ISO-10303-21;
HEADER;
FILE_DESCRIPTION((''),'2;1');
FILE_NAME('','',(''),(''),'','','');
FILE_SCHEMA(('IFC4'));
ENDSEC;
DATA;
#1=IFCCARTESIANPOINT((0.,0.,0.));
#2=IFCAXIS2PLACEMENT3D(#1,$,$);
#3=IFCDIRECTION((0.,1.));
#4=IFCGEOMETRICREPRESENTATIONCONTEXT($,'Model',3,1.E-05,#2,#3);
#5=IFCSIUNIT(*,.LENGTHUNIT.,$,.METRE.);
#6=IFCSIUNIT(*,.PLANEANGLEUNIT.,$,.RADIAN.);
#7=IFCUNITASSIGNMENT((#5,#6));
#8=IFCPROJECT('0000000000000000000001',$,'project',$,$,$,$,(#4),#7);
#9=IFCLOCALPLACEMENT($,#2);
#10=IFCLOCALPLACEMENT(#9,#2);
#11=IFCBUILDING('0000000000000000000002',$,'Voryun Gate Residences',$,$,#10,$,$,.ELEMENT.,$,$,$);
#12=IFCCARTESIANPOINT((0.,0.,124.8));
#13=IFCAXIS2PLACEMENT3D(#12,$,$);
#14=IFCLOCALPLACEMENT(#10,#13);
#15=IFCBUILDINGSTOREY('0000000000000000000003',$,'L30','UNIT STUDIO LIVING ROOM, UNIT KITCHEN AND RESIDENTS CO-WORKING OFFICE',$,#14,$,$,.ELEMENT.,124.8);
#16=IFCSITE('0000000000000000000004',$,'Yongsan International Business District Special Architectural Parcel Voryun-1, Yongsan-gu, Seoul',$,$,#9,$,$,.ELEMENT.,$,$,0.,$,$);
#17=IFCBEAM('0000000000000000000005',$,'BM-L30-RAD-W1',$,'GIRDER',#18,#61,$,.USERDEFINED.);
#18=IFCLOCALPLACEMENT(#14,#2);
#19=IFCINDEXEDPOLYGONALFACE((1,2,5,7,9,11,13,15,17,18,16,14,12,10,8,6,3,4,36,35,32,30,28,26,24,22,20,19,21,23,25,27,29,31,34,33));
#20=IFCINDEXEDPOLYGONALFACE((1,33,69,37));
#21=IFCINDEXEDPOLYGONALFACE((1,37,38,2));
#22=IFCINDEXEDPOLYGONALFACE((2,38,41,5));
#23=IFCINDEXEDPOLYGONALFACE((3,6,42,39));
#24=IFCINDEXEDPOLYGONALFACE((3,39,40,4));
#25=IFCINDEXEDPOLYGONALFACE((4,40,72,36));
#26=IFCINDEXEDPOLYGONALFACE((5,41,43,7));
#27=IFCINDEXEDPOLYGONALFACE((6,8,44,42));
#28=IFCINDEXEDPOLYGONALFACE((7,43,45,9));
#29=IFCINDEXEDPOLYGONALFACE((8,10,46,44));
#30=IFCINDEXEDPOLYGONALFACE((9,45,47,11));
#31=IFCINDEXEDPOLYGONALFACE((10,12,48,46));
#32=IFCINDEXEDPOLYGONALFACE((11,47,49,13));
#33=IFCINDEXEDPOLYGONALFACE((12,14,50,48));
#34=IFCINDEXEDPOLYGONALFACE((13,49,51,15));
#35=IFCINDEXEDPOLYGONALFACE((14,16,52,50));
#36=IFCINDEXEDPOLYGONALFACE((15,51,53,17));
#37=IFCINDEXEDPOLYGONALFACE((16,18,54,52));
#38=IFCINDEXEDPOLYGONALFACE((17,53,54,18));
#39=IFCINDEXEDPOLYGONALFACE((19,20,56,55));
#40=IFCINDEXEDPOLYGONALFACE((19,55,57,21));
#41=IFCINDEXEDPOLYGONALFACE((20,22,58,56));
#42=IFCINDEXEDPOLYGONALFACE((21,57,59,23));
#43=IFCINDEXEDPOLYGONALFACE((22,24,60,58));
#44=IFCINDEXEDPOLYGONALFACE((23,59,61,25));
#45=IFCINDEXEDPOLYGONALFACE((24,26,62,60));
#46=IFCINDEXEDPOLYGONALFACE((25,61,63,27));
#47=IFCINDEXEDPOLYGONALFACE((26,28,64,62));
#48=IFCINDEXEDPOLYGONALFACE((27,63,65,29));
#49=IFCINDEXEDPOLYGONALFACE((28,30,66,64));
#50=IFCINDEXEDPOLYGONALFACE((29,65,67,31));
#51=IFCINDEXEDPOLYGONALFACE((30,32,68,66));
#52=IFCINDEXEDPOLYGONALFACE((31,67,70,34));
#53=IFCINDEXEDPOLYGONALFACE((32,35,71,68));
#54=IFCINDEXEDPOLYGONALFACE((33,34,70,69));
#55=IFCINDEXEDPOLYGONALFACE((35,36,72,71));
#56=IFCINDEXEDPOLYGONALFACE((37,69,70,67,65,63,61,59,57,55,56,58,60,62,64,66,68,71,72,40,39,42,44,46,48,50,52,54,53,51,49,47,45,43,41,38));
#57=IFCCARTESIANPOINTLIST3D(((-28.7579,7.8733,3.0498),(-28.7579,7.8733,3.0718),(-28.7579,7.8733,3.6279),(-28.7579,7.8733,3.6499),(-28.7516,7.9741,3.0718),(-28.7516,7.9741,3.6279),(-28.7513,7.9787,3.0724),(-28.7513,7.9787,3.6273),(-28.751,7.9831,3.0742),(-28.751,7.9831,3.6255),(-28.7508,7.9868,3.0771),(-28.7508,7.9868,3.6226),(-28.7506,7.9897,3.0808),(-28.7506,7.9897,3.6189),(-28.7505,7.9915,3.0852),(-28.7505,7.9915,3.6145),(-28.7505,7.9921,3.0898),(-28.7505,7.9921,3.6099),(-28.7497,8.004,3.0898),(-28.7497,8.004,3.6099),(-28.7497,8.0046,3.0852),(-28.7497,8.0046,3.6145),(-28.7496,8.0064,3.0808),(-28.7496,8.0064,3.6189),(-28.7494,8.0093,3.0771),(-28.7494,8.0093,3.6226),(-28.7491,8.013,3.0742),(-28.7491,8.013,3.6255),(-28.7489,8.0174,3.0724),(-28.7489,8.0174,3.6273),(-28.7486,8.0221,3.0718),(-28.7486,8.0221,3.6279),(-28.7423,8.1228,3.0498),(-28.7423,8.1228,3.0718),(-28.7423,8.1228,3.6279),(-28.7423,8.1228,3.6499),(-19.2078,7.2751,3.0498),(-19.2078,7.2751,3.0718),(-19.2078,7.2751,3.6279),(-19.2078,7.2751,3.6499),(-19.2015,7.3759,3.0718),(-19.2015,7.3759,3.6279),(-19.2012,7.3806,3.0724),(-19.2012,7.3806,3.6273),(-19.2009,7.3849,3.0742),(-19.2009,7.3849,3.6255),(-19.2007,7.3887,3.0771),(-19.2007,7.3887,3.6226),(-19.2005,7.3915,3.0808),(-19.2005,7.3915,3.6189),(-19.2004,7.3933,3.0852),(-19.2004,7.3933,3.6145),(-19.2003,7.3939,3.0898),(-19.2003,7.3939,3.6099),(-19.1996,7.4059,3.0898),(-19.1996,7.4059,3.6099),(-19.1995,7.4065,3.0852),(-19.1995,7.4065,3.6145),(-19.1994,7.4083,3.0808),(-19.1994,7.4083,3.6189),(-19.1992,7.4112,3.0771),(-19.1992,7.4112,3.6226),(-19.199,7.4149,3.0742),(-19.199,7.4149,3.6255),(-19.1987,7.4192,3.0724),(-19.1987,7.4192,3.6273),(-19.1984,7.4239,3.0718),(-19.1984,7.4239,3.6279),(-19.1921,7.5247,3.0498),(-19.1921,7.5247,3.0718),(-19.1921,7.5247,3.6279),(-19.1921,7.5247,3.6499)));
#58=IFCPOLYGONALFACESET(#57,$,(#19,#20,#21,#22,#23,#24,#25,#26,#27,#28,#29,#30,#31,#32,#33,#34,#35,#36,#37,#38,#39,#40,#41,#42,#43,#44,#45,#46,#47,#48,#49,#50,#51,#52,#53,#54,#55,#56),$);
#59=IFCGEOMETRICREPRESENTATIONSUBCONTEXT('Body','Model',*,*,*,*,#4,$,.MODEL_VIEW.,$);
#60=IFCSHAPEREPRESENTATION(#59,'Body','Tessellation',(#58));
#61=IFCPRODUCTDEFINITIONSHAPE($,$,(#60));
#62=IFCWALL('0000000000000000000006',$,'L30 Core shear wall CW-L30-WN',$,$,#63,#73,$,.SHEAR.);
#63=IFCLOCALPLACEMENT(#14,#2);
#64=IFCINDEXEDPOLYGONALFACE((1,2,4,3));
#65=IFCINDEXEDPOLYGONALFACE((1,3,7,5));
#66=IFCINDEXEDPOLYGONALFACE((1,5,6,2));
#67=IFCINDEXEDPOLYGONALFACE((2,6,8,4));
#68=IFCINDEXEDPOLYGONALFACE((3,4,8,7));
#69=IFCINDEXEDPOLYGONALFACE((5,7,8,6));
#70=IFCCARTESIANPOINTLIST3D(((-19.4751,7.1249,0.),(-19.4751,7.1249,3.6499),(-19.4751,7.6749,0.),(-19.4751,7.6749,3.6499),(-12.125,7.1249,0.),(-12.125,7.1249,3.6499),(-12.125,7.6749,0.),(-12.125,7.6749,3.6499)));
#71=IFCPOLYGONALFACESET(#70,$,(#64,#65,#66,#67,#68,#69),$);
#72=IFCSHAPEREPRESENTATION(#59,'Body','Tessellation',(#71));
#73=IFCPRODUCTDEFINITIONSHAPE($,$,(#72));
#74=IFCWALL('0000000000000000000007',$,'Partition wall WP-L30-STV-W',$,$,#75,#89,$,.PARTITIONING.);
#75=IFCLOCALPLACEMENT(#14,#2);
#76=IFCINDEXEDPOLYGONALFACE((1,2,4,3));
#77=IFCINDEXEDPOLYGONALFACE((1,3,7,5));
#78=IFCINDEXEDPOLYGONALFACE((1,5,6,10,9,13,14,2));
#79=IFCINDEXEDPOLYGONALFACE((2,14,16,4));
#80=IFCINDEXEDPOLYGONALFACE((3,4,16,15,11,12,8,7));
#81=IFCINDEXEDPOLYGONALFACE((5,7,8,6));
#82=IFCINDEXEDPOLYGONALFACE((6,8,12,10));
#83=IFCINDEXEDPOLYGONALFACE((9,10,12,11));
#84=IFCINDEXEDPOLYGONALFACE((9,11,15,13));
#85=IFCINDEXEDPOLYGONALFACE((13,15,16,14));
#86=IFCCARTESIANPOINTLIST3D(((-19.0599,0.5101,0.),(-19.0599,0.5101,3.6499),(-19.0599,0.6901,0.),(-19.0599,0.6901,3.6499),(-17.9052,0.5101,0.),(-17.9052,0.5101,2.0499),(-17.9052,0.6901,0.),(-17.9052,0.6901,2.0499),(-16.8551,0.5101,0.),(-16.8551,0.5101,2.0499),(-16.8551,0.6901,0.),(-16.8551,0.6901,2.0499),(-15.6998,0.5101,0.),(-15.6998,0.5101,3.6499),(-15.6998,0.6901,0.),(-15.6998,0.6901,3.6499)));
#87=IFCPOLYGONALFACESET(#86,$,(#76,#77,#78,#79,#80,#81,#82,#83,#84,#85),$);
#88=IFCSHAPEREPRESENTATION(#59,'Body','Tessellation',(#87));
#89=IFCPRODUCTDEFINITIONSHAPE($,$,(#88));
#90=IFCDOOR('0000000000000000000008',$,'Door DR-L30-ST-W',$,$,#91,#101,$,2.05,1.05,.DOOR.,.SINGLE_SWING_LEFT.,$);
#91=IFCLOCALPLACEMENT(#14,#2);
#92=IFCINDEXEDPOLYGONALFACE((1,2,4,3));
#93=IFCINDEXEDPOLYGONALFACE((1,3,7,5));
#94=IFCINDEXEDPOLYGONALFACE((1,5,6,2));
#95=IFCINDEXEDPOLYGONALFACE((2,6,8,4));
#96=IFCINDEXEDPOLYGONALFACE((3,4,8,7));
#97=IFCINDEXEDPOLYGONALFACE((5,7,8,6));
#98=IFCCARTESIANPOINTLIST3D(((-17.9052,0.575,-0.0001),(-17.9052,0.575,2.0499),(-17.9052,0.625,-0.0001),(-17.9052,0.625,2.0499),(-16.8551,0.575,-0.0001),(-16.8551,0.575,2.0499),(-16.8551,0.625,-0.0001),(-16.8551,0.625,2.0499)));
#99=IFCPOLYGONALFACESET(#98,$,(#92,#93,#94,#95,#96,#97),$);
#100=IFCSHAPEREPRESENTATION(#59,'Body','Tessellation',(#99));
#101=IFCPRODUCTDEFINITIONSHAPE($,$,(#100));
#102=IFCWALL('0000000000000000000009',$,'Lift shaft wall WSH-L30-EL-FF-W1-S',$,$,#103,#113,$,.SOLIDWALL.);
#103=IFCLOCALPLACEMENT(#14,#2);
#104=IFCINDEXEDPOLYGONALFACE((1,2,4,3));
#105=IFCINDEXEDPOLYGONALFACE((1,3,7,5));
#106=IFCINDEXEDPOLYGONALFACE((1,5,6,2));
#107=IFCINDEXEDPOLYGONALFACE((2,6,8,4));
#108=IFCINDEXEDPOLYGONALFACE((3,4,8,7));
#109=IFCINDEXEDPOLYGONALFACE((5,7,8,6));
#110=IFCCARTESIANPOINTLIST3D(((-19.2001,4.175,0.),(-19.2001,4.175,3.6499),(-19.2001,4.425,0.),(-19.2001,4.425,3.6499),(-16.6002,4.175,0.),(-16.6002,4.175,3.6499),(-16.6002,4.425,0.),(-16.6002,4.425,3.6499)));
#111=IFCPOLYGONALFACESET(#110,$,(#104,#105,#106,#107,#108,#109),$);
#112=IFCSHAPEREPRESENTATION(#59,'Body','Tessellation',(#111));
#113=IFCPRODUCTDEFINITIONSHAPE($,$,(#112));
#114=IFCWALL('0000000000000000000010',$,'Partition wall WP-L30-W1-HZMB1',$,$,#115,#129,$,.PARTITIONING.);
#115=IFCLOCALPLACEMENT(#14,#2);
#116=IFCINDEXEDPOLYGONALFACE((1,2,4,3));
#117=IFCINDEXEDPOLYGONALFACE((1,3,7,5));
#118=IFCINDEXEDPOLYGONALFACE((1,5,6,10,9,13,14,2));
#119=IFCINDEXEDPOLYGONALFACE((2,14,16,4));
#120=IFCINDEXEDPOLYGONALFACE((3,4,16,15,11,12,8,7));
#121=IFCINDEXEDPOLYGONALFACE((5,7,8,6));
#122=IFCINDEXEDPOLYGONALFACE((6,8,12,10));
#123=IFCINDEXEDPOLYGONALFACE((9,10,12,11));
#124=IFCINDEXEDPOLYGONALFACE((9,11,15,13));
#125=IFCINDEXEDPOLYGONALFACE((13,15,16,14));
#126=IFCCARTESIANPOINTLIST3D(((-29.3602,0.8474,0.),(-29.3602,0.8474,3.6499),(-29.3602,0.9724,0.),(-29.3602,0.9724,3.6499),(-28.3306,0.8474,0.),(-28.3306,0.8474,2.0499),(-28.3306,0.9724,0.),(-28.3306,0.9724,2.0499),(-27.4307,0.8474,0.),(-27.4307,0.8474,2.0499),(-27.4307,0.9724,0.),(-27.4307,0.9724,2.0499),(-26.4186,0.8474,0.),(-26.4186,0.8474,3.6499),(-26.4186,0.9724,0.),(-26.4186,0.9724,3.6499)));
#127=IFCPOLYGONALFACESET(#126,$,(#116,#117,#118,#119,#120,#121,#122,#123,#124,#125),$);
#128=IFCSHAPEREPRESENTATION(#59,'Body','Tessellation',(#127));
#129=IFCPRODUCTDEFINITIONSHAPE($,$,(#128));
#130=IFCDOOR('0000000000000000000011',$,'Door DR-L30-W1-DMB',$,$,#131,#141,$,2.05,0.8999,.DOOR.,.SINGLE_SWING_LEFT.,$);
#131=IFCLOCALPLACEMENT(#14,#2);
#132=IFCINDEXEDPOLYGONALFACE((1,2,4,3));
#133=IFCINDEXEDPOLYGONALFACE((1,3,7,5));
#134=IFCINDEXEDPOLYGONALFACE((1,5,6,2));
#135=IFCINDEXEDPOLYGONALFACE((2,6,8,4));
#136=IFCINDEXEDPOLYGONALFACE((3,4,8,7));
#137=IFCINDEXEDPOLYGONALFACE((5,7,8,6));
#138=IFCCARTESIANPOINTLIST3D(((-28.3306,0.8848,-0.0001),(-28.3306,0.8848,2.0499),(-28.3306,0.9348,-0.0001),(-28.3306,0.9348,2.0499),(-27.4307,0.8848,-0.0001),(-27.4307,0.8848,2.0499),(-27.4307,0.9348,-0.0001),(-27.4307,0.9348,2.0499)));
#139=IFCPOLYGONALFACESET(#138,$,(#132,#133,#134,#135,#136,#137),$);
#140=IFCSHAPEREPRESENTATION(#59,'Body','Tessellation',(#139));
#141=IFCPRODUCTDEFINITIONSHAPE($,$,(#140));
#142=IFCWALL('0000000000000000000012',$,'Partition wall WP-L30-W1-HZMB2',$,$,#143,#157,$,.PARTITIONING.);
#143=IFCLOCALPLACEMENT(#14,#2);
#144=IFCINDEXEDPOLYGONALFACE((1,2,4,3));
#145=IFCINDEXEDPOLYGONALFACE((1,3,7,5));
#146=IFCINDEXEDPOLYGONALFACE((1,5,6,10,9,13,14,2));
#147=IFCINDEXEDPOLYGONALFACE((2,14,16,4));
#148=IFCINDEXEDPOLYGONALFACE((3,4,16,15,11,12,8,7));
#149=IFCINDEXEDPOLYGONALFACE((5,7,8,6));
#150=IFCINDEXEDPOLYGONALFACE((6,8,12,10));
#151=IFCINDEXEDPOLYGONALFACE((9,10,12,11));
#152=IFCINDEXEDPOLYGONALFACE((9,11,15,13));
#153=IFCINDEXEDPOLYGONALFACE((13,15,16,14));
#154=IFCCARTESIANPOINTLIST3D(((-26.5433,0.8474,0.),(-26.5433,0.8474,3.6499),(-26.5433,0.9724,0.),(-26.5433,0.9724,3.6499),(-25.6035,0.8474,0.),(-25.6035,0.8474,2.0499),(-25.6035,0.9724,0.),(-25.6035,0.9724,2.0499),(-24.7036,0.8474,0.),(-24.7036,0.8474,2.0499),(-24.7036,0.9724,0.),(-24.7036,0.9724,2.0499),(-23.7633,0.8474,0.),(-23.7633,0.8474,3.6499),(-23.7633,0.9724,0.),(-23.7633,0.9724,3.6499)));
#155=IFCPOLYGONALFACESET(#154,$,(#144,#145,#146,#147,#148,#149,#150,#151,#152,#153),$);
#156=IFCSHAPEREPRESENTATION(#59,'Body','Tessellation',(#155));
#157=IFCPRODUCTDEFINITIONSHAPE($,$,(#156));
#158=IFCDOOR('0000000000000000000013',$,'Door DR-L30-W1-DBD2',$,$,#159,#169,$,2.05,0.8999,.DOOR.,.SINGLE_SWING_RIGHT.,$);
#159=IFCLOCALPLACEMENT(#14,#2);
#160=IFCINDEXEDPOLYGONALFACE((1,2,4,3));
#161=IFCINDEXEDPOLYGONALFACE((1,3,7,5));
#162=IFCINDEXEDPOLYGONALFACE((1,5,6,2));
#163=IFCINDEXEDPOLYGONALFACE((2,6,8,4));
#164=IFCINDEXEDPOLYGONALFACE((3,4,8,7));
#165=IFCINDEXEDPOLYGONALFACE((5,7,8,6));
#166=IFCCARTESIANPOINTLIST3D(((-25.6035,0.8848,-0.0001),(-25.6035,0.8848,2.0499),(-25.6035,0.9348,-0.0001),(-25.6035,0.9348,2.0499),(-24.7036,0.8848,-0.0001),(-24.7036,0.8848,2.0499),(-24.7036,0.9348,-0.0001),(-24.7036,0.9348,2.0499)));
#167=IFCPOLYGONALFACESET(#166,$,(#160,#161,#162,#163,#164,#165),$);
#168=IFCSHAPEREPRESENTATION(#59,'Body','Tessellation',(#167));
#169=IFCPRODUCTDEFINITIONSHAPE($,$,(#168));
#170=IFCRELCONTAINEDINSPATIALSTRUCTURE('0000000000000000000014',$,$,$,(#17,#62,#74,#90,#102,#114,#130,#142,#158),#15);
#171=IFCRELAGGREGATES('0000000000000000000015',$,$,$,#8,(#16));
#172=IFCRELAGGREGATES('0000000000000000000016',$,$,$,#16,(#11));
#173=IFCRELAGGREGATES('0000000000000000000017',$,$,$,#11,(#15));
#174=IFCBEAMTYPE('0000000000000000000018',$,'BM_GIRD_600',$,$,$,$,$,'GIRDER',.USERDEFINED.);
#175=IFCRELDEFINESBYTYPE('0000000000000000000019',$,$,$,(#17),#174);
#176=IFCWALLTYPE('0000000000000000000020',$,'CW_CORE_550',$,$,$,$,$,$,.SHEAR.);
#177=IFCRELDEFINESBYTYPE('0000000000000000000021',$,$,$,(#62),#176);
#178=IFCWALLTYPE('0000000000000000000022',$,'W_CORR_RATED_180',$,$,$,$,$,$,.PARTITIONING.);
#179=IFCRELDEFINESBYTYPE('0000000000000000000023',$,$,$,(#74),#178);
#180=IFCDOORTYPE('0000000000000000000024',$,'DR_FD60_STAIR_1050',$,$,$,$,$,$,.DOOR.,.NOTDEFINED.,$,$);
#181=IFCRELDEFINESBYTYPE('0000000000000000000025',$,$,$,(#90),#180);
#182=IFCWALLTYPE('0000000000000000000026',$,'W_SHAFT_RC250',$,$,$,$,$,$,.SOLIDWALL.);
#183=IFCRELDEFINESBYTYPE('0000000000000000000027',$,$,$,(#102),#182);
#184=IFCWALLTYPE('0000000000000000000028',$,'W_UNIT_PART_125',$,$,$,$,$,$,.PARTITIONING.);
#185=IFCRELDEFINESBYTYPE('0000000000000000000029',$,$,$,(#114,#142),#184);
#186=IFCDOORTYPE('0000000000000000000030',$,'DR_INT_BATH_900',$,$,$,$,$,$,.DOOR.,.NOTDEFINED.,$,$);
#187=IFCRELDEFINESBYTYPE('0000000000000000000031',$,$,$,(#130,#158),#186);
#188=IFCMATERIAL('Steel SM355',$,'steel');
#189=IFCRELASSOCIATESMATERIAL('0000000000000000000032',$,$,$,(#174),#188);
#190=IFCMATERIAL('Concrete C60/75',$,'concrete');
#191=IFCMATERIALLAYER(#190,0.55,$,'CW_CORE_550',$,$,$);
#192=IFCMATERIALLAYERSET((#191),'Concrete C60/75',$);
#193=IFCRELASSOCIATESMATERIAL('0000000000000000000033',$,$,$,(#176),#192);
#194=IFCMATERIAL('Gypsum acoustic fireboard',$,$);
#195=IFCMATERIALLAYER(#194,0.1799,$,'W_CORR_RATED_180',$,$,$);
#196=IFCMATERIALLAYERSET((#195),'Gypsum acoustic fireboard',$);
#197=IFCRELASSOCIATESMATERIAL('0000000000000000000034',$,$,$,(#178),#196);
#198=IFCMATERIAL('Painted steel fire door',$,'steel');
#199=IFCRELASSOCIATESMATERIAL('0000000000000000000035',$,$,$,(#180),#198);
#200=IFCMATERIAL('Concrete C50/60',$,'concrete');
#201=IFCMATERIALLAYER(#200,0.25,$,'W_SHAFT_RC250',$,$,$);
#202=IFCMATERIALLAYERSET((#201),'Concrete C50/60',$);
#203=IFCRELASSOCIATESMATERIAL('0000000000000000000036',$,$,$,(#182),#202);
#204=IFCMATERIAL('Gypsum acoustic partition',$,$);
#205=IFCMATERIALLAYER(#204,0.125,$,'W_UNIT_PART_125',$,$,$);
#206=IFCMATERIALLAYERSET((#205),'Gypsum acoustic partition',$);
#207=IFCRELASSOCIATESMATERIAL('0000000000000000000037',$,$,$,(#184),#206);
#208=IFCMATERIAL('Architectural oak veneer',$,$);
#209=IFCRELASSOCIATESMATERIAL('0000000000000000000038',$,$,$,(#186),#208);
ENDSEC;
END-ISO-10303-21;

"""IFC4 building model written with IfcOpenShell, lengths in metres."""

from ifc_helpers import new_model, si_unit, direction, frame, frame_2d, origin, origin_2d, place, context, subcontext, project, spatial, rectangle, i_section, extrude, material, layer, layer_set, material_profile, profile_set, type_object, element, fill, save


model = new_model("IFC4")

# Units and contexts
model_context = context("Model", 3, precision=1e-05, world=origin(), true_north=direction((0.0, 1.0)))
body_context = subcontext(model_context, "Body", "Model", "MODEL_VIEW")
ifc_project = project(units=[si_unit("LENGTHUNIT", "METRE"), si_unit("PLANEANGLEUNIT", "RADIAN")], contexts=[model_context])

# Site, building, storey
site_placement = place(None, origin())
site = spatial("IfcSite", under=ifc_project, at=site_placement, Name="Yongsan International Business District Special Architectural Parcel Voryun-1, Yongsan-gu, Seoul", CompositionType="ELEMENT", RefElevation=0.0)
building_placement = place(site_placement, origin())
building = spatial("IfcBuilding", under=site, at=building_placement, Name="Voryun Gate Residences", CompositionType="ELEMENT")
storey_placement = place(building_placement, frame((0.0, 0.0, 124.8)))
storey = spatial("IfcBuildingStorey", under=building, at=storey_placement, Name="L30", Description="UNIT STUDIO LIVING ROOM, UNIT KITCHEN AND RESIDENTS CO-WORKING OFFICE", CompositionType="ELEMENT", Elevation=124.8)

# Beam
ifc_material_1 = material(Name="Steel SM355", Category="steel")
ifc_material_profile_1 = material_profile(ifc_material_1, i_section(OverallWidth=0.25, OverallDepth=0.6001, WebThickness=0.012, FlangeThickness=0.022, FilletRadius=0.0181, at=origin_2d()), Name="H-600x250x12x22")
ifc_profile_set_1 = profile_set([ifc_material_profile_1], Name="Steel SM355")
beam_type_1 = type_object("IfcBeamType", Name="BM_GIRD_600", ElementType="GIRDER", PredefinedType="USERDEFINED", material=ifc_profile_set_1)
beam_1_placement = place(storey_placement, frame((-19.2, 7.3999, 3.3499), z_axis=(-0.998044, 0.06251, 0.0), x_axis=(-0.06251, -0.998044, 0.0)))
element("IfcBeam", 1, at=beam_1_placement, inside=storey, type_object=beam_type_1, Name="BM-L30-RAD-W1", ObjectType="GIRDER", PredefinedType="USERDEFINED", context=body_context, shape_type="SweptSolid", body=[
    extrude(i_section(OverallWidth=0.25, OverallDepth=0.6001, WebThickness=0.012, FlangeThickness=0.022, FilletRadius=0.0181, at=origin_2d()), origin(), (0.0, 0.0, 1.0), 9.5688),
])

# Wall
ifc_material_2 = material(Name="Concrete C60/75", Category="concrete")
ifc_layer_1 = layer(ifc_material_2, 0.55, Name="CW_CORE_550")
ifc_layer_set_1 = layer_set([ifc_layer_1], Name="Concrete C60/75")
wall_type_1 = type_object("IfcWallType", Name="CW_CORE_550", PredefinedType="SHEAR", material=ifc_layer_set_1)
wall_1_placement = place(storey_placement, frame((-19.4751, 7.3999, 0.0), z_axis=(0.0, 0.0, 1.0), x_axis=(1.0, 0.0, 0.0)))
element("IfcWall", 2, at=wall_1_placement, inside=storey, type_object=wall_type_1, Name="L30 Core shear wall CW-L30-WN", PredefinedType="SHEAR", context=body_context, shape_type="SweptSolid", body=[
    extrude(rectangle(XDim=7.3501, YDim=0.55, at=frame_2d((3.675, 0.0))), origin(), (0.0, 0.0, 1.0), 3.6499),
])

# Wall, opening, door
ifc_material_3 = material(Name="Gypsum acoustic fireboard")
ifc_layer_2 = layer(ifc_material_3, 0.1799, Name="W_CORR_RATED_180")
ifc_layer_set_2 = layer_set([ifc_layer_2], Name="Gypsum acoustic fireboard")
wall_type_2 = type_object("IfcWallType", Name="W_CORR_RATED_180", PredefinedType="PARTITIONING", material=ifc_layer_set_2)
wall_2_placement = place(storey_placement, frame((-19.0601, 0.6001, 0.0), z_axis=(0.0, 0.0, 1.0), x_axis=(1.0, 0.0, 0.0)))
wall_2 = element("IfcWall", 3, at=wall_2_placement, inside=storey, type_object=wall_type_2, Name="Partition wall WP-L30-STV-W", PredefinedType="PARTITIONING", context=body_context, shape_type="SweptSolid", body=[
    extrude(rectangle(XDim=3.3601, YDim=0.1799, at=frame_2d((1.6802, 0.0))), origin(), (0.0, 0.0, 1.0), 3.6499),
])
opening_1_placement = place(wall_2_placement, frame((1.155, 0.0, 0.0)))
opening_1 = element("IfcOpeningElement", 4, at=opening_1_placement, cuts=wall_2, PredefinedType="OPENING", context=body_context, shape_type="SweptSolid", body=[
    extrude(rectangle(XDim=1.05, YDim=2.05, at=frame_2d((0.5249, 1.0249))), frame((0.0, 0.0999, 0.0), z_axis=(0.0, -1.0, 0.0), x_axis=(1.0, 0.0, 0.0)), (0.0, 0.0, 1.0), 0.2),
])
ifc_material_4 = material(Name="Painted steel fire door", Category="steel")
door_type_1 = type_object("IfcDoorType", Name="DR_FD60_STAIR_1050", OperationType="NOTDEFINED", PredefinedType="DOOR", material=ifc_material_4)
door_1_placement = place(opening_1_placement, origin())
door_1 = element("IfcDoor", 5, at=door_1_placement, inside=storey, type_object=door_type_1, Name="Door DR-L30-ST-W", OperationType="SINGLE_SWING_LEFT", OverallHeight=2.05, OverallWidth=1.05, PredefinedType="DOOR", context=body_context, shape_type="SweptSolid", body=[
    extrude(rectangle(XDim=1.05, YDim=2.05, at=frame_2d((0.5249, 1.0249))), frame((0.0, 0.0249, 0.0), z_axis=(0.0, -1.0, 0.0), x_axis=(1.0, 0.0, 0.0)), (0.0, 0.0, 1.0), 0.05),
])
fill(opening_1, door_1)

# Wall
ifc_material_5 = material(Name="Concrete C50/60", Category="concrete")
ifc_layer_3 = layer(ifc_material_5, 0.25, Name="W_SHAFT_RC250")
ifc_layer_set_3 = layer_set([ifc_layer_3], Name="Concrete C50/60")
wall_type_3 = type_object("IfcWallType", Name="W_SHAFT_RC250", PredefinedType="SOLIDWALL", material=ifc_layer_set_3)
wall_3_placement = place(storey_placement, frame((-19.2, 4.3, 0.0), z_axis=(0.0, 0.0, 1.0), x_axis=(1.0, 0.0, 0.0)))
element("IfcWall", 6, at=wall_3_placement, inside=storey, type_object=wall_type_3, Name="Lift shaft wall WSH-L30-EL-FF-W1-S", PredefinedType="SOLIDWALL", context=body_context, shape_type="SweptSolid", body=[
    extrude(rectangle(XDim=2.5999, YDim=0.25, at=frame_2d((1.2998, 0.0))), origin(), (0.0, 0.0, 1.0), 3.6499),
])

# Walls, openings, doors
ifc_material_6 = material(Name="Gypsum acoustic partition")
ifc_layer_4 = layer(ifc_material_6, 0.125, Name="W_UNIT_PART_125")
ifc_layer_set_4 = layer_set([ifc_layer_4], Name="Gypsum acoustic partition")
wall_type_4 = type_object("IfcWallType", Name="W_UNIT_PART_125", PredefinedType="PARTITIONING", material=ifc_layer_set_4)
wall_4_placement = place(storey_placement, frame((-29.3601, 0.9099, 0.0), z_axis=(0.0, 0.0, 1.0), x_axis=(1.0, 0.0, 0.0)))
wall_4 = element("IfcWall", 7, at=wall_4_placement, inside=storey, type_object=wall_type_4, Name="Partition wall WP-L30-W1-HZMB1", PredefinedType="PARTITIONING", context=body_context, shape_type="SweptSolid", body=[
    extrude(rectangle(XDim=2.9417, YDim=0.125, at=frame_2d((1.4707, 0.0))), origin(), (0.0, 0.0, 1.0), 3.6499),
])
opening_2_placement = place(wall_4_placement, frame((1.0295, 0.0, 0.0)))
opening_2 = element("IfcOpeningElement", 8, at=opening_2_placement, cuts=wall_4, PredefinedType="OPENING", context=body_context, shape_type="SweptSolid", body=[
    extrude(rectangle(XDim=0.8999, YDim=2.05, at=frame_2d((0.45, 1.0249))), frame((0.0, 0.0725, 0.0), z_axis=(0.0, -1.0, 0.0), x_axis=(1.0, 0.0, 0.0)), (0.0, 0.0, 1.0), 0.145),
])
ifc_material_7 = material(Name="Architectural oak veneer")
door_type_2 = type_object("IfcDoorType", Name="DR_INT_BATH_900", OperationType="NOTDEFINED", PredefinedType="DOOR", material=ifc_material_7)
door_2_placement = place(opening_2_placement, origin())
door_2 = element("IfcDoor", 9, at=door_2_placement, inside=storey, type_object=door_type_2, Name="Door DR-L30-W1-DMB", OperationType="SINGLE_SWING_LEFT", OverallHeight=2.05, OverallWidth=0.8999, PredefinedType="DOOR", context=body_context, shape_type="SweptSolid", body=[
    extrude(rectangle(XDim=0.8999, YDim=2.05, at=frame_2d((0.45, 1.0249))), frame((0.0, 0.0249, 0.0), z_axis=(0.0, -1.0, 0.0), x_axis=(1.0, 0.0, 0.0)), (0.0, 0.0, 1.0), 0.05),
])
fill(opening_2, door_2)
wall_5_placement = place(storey_placement, frame((-26.5435, 0.9099, 0.0), z_axis=(0.0, 0.0, 1.0), x_axis=(1.0, 0.0, 0.0)))
wall_5 = element("IfcWall", 10, at=wall_5_placement, inside=storey, type_object=wall_type_4, Name="Partition wall WP-L30-W1-HZMB2", PredefinedType="PARTITIONING", context=body_context, shape_type="SweptSolid", body=[
    extrude(rectangle(XDim=2.78, YDim=0.125, at=frame_2d((1.3901, 0.0))), origin(), (0.0, 0.0, 1.0), 3.6499),
])
opening_3_placement = place(wall_5_placement, frame((0.9399, 0.0, 0.0)))
opening_3 = element("IfcOpeningElement", 11, at=opening_3_placement, cuts=wall_5, PredefinedType="OPENING", context=body_context, shape_type="SweptSolid", body=[
    extrude(rectangle(XDim=0.8999, YDim=2.05, at=frame_2d((0.45, 1.0249))), frame((0.0, 0.0725, 0.0), z_axis=(0.0, -1.0, 0.0), x_axis=(1.0, 0.0, 0.0)), (0.0, 0.0, 1.0), 0.145),
])
door_3_placement = place(opening_3_placement, origin())
door_3 = element("IfcDoor", 12, at=door_3_placement, inside=storey, type_object=door_type_2, Name="Door DR-L30-W1-DBD2", OperationType="SINGLE_SWING_RIGHT", OverallHeight=2.05, OverallWidth=0.8999, PredefinedType="DOOR", context=body_context, shape_type="SweptSolid", body=[
    extrude(rectangle(XDim=0.8999, YDim=2.05, at=frame_2d((0.45, 1.0249))), frame((0.0, 0.0249, 0.0), z_axis=(0.0, -1.0, 0.0), x_axis=(1.0, 0.0, 0.0)), (0.0, 0.0, 1.0), 0.05),
])
fill(opening_3, door_3)

save(model, "model.ifc")
